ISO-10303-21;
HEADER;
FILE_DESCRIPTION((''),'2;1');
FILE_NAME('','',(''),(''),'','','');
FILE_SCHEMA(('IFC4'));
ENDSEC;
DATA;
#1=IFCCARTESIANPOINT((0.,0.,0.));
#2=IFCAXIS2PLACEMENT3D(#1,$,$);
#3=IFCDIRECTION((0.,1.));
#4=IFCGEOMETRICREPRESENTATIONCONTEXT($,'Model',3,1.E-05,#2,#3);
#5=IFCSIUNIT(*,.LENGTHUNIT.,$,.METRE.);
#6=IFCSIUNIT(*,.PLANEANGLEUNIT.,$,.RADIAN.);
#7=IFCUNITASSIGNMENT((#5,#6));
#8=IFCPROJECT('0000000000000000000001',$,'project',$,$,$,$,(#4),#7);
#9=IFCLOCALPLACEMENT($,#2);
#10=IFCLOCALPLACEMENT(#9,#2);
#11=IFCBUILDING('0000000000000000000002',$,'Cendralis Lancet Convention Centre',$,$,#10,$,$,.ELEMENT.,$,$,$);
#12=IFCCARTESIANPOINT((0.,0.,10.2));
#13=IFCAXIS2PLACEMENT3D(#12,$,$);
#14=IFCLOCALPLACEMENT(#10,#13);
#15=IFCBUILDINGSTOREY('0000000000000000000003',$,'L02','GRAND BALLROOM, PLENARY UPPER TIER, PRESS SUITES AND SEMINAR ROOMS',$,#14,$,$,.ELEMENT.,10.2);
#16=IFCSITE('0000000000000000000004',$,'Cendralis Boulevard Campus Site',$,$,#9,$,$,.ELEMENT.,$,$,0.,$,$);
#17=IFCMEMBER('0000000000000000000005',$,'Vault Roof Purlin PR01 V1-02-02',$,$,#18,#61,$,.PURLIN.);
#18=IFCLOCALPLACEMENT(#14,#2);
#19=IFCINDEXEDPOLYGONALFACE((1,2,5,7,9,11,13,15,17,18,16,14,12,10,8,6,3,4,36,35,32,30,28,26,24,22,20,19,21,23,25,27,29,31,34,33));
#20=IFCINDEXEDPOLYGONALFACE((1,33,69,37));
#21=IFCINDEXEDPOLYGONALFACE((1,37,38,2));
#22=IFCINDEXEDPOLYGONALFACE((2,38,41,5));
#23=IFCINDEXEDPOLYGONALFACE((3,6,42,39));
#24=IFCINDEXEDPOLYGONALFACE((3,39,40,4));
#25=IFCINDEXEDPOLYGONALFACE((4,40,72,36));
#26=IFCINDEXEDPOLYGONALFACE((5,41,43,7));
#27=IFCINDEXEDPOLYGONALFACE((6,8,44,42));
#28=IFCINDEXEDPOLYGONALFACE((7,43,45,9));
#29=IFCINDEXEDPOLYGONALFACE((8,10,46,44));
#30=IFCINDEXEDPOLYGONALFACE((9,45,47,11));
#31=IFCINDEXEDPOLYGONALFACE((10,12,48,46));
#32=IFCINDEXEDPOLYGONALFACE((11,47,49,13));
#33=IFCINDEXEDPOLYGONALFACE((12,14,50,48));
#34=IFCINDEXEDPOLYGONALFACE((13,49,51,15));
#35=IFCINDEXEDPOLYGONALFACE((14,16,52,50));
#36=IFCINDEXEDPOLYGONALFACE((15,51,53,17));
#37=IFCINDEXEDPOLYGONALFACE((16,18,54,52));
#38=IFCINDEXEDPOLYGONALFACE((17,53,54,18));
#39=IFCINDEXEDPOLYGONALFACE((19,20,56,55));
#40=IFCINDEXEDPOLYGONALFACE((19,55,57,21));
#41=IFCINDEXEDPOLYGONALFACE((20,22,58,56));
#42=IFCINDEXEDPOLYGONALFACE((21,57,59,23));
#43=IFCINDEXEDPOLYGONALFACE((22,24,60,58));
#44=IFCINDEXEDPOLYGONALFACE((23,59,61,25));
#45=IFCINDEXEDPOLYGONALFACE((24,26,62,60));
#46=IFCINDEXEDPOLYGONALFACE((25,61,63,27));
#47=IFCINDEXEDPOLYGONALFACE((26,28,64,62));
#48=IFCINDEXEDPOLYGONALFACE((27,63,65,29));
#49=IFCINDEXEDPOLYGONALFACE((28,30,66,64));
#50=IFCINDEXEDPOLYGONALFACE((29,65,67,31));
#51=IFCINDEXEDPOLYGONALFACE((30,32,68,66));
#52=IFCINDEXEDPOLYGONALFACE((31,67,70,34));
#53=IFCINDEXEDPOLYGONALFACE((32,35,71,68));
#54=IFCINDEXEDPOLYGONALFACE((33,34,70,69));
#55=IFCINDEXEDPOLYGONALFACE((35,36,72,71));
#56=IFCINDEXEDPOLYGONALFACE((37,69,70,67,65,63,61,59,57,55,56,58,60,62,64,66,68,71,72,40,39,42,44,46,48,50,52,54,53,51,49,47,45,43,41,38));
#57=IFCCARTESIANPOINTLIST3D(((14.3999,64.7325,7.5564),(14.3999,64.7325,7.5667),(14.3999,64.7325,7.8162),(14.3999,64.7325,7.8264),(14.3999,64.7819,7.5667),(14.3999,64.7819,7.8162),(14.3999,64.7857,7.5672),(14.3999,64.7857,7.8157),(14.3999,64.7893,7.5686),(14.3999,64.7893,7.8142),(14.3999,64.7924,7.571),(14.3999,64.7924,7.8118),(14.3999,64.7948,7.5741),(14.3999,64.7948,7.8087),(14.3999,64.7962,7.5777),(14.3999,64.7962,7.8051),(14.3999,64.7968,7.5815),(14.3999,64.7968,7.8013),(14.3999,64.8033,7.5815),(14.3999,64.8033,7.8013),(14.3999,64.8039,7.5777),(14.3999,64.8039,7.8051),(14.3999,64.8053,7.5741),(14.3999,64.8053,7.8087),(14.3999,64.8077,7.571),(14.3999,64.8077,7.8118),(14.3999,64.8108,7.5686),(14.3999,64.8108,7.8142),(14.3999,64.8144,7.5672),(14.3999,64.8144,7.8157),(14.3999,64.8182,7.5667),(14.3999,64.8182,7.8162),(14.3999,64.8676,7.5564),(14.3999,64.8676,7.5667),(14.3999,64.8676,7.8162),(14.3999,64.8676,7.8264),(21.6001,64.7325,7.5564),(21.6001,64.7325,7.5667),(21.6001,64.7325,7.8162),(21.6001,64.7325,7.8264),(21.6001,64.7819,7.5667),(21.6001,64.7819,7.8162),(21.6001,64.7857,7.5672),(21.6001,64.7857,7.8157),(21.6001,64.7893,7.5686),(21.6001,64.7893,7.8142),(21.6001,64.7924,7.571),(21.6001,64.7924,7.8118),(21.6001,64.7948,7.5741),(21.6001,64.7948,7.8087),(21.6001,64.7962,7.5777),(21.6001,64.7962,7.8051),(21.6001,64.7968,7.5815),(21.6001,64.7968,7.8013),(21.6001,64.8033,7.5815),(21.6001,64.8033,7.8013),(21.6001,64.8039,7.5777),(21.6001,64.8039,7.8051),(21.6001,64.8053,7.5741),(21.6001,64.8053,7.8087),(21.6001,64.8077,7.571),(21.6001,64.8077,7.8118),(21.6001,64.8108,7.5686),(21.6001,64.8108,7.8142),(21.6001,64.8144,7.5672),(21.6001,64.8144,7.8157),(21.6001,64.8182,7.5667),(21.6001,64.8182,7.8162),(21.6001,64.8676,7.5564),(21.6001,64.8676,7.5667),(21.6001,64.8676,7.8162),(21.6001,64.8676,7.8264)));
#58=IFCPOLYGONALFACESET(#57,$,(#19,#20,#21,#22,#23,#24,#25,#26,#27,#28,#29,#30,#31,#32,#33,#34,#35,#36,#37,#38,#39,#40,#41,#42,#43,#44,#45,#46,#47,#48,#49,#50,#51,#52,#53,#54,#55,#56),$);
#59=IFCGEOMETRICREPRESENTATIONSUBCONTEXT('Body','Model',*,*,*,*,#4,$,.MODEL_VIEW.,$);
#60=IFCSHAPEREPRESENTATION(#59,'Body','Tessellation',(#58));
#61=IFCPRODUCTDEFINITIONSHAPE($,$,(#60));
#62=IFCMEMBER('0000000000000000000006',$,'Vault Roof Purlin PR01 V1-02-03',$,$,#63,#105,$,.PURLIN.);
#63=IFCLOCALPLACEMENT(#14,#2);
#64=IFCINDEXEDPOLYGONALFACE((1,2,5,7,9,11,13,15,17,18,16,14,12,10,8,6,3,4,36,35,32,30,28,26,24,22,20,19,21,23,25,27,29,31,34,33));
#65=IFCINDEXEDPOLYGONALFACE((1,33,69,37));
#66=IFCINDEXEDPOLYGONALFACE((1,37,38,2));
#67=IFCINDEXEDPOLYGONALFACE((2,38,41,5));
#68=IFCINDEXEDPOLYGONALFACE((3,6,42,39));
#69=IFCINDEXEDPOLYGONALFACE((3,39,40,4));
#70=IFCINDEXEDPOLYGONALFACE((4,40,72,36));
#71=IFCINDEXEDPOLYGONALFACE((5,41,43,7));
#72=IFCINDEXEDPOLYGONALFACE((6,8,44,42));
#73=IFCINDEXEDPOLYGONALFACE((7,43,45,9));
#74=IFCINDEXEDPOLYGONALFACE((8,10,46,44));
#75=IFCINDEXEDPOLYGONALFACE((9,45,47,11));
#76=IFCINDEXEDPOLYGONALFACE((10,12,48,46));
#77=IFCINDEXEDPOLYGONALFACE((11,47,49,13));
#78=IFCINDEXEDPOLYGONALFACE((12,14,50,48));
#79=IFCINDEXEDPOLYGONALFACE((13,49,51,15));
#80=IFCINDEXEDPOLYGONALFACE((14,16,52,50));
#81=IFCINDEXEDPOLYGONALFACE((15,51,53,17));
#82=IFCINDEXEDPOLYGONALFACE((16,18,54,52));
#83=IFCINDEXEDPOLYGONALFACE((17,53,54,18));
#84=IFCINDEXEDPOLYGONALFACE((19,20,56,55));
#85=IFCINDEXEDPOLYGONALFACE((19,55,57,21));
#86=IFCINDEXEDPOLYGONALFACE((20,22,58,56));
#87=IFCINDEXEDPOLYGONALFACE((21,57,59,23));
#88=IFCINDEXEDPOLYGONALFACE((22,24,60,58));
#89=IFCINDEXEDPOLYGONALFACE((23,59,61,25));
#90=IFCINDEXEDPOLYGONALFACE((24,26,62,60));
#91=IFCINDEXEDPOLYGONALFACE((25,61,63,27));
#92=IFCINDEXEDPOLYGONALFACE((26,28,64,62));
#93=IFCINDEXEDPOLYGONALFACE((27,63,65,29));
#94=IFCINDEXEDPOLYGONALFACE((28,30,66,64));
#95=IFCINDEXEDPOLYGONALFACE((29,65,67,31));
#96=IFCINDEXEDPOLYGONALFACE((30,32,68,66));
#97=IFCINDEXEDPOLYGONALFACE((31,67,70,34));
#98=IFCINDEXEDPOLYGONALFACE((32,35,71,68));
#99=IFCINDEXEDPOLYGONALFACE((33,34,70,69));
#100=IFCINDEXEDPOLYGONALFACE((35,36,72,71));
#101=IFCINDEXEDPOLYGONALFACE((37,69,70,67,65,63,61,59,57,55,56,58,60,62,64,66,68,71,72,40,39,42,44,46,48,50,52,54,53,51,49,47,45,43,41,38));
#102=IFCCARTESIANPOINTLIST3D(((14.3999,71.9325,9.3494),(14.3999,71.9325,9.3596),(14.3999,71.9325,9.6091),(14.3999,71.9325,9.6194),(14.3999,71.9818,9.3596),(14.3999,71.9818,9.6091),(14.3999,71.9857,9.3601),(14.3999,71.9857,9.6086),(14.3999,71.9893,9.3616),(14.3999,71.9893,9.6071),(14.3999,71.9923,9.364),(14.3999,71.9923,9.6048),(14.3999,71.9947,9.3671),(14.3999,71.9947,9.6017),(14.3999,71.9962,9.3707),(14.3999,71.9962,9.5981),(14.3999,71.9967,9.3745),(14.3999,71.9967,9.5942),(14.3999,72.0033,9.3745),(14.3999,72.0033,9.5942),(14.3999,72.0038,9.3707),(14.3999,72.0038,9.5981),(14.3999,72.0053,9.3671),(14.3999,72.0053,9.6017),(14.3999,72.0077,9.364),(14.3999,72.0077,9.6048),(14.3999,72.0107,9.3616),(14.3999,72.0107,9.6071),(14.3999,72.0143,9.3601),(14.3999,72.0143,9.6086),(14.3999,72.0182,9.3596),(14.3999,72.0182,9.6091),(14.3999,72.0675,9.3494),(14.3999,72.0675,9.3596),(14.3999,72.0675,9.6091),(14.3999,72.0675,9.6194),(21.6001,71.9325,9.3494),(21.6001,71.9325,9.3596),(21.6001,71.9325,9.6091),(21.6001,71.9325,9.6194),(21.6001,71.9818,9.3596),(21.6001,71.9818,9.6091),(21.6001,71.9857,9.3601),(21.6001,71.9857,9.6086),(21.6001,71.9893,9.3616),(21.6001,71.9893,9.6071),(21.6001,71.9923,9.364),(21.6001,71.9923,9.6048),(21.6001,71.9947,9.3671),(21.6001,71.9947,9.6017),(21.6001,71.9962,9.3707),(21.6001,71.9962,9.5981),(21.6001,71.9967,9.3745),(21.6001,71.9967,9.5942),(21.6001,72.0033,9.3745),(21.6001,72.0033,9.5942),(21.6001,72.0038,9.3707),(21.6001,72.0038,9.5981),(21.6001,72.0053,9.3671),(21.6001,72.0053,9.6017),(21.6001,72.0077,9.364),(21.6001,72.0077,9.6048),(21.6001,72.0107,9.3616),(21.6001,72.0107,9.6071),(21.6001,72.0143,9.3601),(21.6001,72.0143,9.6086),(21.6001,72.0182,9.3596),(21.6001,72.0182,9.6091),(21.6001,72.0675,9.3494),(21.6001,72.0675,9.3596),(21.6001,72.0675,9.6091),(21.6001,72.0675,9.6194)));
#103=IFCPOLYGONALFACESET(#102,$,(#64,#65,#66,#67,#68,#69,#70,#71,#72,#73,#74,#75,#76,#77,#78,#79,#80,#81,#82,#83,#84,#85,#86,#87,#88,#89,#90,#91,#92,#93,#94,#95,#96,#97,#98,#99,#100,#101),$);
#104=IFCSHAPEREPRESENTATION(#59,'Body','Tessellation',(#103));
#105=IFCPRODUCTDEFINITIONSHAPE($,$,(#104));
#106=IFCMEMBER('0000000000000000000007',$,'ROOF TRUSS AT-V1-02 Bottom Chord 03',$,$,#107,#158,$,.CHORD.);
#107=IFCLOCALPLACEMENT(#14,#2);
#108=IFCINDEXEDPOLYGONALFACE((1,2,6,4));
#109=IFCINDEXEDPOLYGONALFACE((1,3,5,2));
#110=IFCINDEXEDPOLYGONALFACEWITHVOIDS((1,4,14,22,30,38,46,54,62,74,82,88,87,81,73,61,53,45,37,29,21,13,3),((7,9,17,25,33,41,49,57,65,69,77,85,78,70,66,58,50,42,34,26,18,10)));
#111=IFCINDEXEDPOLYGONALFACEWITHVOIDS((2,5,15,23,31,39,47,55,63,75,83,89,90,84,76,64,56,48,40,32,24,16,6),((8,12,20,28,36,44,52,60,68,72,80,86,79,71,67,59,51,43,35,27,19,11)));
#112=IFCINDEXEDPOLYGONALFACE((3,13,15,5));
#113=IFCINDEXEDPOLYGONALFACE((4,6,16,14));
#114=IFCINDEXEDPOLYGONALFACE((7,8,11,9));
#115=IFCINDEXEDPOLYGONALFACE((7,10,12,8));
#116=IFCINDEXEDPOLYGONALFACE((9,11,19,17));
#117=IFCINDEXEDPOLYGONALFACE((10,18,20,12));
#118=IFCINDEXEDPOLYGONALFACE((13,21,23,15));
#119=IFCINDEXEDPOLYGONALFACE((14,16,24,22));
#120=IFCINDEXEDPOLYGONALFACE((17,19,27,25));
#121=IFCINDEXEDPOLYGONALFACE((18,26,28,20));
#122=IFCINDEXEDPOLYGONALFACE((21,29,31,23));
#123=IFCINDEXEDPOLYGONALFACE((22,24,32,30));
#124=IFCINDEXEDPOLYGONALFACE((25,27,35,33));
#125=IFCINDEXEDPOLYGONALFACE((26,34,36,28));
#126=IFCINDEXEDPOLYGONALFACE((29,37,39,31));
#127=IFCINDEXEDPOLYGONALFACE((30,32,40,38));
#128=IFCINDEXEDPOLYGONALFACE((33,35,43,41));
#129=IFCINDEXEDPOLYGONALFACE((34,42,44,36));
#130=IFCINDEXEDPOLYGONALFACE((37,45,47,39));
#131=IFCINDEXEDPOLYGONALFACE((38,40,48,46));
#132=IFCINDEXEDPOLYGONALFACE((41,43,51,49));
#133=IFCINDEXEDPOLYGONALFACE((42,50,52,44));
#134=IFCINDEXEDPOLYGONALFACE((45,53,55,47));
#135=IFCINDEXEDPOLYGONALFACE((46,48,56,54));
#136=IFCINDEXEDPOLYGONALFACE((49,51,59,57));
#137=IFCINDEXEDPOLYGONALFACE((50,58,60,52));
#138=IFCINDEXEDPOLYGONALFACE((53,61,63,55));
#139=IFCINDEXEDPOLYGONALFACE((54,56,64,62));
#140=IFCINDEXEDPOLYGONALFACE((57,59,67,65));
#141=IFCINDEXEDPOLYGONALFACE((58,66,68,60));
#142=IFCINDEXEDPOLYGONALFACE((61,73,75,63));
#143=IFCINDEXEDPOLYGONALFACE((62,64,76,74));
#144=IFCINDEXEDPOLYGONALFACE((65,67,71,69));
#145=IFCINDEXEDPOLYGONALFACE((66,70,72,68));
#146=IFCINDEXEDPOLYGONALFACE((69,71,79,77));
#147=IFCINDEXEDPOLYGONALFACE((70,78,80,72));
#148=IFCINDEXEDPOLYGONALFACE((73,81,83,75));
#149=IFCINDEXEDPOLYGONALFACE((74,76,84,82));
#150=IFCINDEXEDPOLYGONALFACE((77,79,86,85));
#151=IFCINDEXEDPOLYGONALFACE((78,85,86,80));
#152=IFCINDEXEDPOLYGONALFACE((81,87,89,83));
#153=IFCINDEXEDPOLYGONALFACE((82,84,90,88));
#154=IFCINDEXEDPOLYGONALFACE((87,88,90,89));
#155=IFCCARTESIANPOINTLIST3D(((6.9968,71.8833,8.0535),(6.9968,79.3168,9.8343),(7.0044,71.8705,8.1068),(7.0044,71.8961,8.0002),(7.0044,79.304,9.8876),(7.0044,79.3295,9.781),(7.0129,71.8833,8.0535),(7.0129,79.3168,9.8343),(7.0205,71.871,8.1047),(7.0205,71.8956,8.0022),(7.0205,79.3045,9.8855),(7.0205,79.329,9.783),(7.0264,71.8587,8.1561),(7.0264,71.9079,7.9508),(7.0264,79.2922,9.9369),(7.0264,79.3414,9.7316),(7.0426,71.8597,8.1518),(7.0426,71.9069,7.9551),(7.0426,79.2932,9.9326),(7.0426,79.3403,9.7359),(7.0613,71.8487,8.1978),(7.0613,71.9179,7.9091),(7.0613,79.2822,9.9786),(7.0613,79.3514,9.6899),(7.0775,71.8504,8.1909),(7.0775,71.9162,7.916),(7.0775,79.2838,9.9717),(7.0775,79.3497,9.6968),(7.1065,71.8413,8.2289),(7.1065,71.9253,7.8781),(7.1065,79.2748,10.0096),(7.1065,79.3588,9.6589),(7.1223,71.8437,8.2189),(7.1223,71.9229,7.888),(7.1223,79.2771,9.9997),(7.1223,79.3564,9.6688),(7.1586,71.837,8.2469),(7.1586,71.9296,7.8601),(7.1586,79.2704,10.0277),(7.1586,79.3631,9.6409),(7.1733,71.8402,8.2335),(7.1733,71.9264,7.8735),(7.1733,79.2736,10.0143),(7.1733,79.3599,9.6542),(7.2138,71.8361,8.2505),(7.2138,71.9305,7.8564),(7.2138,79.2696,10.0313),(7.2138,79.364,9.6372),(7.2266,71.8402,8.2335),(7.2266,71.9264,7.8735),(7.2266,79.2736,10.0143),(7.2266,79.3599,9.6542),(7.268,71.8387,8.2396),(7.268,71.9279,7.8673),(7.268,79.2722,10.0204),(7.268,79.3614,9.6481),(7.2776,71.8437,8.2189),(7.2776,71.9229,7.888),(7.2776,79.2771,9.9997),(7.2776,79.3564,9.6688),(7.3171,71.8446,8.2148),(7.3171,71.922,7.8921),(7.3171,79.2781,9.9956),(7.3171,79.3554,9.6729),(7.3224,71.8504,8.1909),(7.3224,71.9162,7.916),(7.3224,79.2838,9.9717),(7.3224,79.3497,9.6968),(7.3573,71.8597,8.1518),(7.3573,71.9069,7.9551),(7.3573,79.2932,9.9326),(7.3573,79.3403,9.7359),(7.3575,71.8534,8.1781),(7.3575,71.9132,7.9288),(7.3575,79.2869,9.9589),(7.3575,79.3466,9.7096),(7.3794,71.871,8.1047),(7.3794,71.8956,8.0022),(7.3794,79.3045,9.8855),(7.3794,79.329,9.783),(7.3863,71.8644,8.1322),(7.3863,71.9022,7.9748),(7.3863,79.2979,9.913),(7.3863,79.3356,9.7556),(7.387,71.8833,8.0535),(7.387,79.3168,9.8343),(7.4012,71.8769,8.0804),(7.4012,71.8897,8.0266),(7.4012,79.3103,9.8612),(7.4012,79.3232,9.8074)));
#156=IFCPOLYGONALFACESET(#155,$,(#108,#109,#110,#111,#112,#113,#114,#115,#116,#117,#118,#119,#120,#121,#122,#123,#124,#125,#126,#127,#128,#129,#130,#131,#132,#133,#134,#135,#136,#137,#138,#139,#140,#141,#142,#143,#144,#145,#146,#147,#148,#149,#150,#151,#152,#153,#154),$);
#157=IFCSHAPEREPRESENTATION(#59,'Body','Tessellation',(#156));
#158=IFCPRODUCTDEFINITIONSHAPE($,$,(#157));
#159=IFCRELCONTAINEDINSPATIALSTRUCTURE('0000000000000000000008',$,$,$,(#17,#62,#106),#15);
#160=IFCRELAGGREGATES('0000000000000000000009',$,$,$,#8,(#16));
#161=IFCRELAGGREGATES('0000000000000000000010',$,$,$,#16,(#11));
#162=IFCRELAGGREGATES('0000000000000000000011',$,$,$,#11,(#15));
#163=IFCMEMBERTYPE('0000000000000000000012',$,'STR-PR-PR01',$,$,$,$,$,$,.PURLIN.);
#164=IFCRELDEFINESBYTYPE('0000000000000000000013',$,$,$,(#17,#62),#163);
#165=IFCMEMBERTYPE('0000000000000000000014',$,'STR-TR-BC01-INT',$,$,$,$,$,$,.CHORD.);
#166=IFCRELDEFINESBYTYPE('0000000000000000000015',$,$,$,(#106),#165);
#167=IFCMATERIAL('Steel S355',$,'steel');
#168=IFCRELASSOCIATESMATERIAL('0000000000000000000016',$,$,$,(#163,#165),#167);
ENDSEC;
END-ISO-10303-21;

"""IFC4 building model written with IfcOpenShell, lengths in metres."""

from ifc_helpers import new_model, si_unit, direction, frame, origin, origin_2d, place, context, subcontext, project, spatial, hollow_circle, i_section, extrude, material, material_profile, profile_set, type_object, element, save


model = new_model("IFC4")

# Units and contexts
model_context = context("Model", 3, precision=1e-05, world=origin(), true_north=direction((0.0, 1.0)))
body_context = subcontext(model_context, "Body", "Model", "MODEL_VIEW")
ifc_project = project(units=[si_unit("LENGTHUNIT", "METRE"), si_unit("PLANEANGLEUNIT", "RADIAN")], contexts=[model_context])

# Site, building, storey
site_placement = place(None, origin())
site = spatial("IfcSite", under=ifc_project, at=site_placement, Name="Cendralis Boulevard Campus Site", CompositionType="ELEMENT", RefElevation=0.0)
building_placement = place(site_placement, origin())
building = spatial("IfcBuilding", under=site, at=building_placement, Name="Cendralis Lancet Convention Centre", CompositionType="ELEMENT")
storey_placement = place(building_placement, frame((0.0, 0.0, 10.2)))
storey = spatial("IfcBuildingStorey", under=building, at=storey_placement, Name="L02", Description="GRAND BALLROOM, PLENARY UPPER TIER, PRESS SUITES AND SEMINAR ROOMS", CompositionType="ELEMENT", Elevation=10.2)

# Members
ifc_material = material(Name="Steel S355", Category="steel")
ifc_material_profile_1 = material_profile(ifc_material, i_section(OverallWidth=0.135, OverallDepth=0.27, WebThickness=0.0066, FlangeThickness=0.0103, FilletRadius=0.0149, at=origin_2d()), Name="IPE 270")
ifc_profile_set_1 = profile_set([ifc_material_profile_1], Name="Steel S355")
member_type_1 = type_object("IfcMemberType", Name="STR-PR-PR01", PredefinedType="PURLIN", material=ifc_profile_set_1)
for number, where, z_axis, x_axis, name in (
    (1, (14.3999, 64.8, 7.6914), (1.0, 0.0, 0.0), (0.0, 1.0, 0.0), "Vault Roof Purlin PR01 V1-02-02"),
    (2, (14.3999, 72.0, 9.4844), (1.0, 0.0, 0.0), (0.0, 1.0, 0.0), "Vault Roof Purlin PR01 V1-02-03"),
):
    element("IfcMember", number, at=place(storey_placement, frame(where, z_axis=z_axis, x_axis=x_axis)), inside=storey, type_object=member_type_1, Name=name, PredefinedType="PURLIN", context=body_context, shape_type="SweptSolid", body=[
        extrude(i_section(OverallWidth=0.135, OverallDepth=0.27, WebThickness=0.0066, FlangeThickness=0.0103, FilletRadius=0.0149, at=origin_2d()), origin(), (0.0, 0.0, 1.0), 7.2002),
    ])
ifc_material_profile_2 = material_profile(ifc_material, hollow_circle(Radius=0.2031, WallThickness=0.0161, at=origin_2d()), Name="CHS 406.4x16.0")
ifc_profile_set_2 = profile_set([ifc_material_profile_2], Name="Steel S355")
member_type_2 = type_object("IfcMemberType", Name="STR-TR-BC01-INT", PredefinedType="CHORD", material=ifc_profile_set_2)
member_1_placement = place(storey_placement, frame((7.2, 71.8833, 8.0535), z_axis=(0.0, 0.972483, 0.232972), x_axis=(-1.0, 0.0, 0.0)))
element("IfcMember", 3, at=member_1_placement, inside=storey, type_object=member_type_2, Name="ROOF TRUSS AT-V1-02 Bottom Chord 03", PredefinedType="CHORD", context=body_context, shape_type="SweptSolid", body=[
    extrude(hollow_circle(Radius=0.2031, WallThickness=0.0161, at=origin_2d()), origin(), (0.0, 0.0, 1.0), 7.6438),
])

save(model, "model.ifc")
